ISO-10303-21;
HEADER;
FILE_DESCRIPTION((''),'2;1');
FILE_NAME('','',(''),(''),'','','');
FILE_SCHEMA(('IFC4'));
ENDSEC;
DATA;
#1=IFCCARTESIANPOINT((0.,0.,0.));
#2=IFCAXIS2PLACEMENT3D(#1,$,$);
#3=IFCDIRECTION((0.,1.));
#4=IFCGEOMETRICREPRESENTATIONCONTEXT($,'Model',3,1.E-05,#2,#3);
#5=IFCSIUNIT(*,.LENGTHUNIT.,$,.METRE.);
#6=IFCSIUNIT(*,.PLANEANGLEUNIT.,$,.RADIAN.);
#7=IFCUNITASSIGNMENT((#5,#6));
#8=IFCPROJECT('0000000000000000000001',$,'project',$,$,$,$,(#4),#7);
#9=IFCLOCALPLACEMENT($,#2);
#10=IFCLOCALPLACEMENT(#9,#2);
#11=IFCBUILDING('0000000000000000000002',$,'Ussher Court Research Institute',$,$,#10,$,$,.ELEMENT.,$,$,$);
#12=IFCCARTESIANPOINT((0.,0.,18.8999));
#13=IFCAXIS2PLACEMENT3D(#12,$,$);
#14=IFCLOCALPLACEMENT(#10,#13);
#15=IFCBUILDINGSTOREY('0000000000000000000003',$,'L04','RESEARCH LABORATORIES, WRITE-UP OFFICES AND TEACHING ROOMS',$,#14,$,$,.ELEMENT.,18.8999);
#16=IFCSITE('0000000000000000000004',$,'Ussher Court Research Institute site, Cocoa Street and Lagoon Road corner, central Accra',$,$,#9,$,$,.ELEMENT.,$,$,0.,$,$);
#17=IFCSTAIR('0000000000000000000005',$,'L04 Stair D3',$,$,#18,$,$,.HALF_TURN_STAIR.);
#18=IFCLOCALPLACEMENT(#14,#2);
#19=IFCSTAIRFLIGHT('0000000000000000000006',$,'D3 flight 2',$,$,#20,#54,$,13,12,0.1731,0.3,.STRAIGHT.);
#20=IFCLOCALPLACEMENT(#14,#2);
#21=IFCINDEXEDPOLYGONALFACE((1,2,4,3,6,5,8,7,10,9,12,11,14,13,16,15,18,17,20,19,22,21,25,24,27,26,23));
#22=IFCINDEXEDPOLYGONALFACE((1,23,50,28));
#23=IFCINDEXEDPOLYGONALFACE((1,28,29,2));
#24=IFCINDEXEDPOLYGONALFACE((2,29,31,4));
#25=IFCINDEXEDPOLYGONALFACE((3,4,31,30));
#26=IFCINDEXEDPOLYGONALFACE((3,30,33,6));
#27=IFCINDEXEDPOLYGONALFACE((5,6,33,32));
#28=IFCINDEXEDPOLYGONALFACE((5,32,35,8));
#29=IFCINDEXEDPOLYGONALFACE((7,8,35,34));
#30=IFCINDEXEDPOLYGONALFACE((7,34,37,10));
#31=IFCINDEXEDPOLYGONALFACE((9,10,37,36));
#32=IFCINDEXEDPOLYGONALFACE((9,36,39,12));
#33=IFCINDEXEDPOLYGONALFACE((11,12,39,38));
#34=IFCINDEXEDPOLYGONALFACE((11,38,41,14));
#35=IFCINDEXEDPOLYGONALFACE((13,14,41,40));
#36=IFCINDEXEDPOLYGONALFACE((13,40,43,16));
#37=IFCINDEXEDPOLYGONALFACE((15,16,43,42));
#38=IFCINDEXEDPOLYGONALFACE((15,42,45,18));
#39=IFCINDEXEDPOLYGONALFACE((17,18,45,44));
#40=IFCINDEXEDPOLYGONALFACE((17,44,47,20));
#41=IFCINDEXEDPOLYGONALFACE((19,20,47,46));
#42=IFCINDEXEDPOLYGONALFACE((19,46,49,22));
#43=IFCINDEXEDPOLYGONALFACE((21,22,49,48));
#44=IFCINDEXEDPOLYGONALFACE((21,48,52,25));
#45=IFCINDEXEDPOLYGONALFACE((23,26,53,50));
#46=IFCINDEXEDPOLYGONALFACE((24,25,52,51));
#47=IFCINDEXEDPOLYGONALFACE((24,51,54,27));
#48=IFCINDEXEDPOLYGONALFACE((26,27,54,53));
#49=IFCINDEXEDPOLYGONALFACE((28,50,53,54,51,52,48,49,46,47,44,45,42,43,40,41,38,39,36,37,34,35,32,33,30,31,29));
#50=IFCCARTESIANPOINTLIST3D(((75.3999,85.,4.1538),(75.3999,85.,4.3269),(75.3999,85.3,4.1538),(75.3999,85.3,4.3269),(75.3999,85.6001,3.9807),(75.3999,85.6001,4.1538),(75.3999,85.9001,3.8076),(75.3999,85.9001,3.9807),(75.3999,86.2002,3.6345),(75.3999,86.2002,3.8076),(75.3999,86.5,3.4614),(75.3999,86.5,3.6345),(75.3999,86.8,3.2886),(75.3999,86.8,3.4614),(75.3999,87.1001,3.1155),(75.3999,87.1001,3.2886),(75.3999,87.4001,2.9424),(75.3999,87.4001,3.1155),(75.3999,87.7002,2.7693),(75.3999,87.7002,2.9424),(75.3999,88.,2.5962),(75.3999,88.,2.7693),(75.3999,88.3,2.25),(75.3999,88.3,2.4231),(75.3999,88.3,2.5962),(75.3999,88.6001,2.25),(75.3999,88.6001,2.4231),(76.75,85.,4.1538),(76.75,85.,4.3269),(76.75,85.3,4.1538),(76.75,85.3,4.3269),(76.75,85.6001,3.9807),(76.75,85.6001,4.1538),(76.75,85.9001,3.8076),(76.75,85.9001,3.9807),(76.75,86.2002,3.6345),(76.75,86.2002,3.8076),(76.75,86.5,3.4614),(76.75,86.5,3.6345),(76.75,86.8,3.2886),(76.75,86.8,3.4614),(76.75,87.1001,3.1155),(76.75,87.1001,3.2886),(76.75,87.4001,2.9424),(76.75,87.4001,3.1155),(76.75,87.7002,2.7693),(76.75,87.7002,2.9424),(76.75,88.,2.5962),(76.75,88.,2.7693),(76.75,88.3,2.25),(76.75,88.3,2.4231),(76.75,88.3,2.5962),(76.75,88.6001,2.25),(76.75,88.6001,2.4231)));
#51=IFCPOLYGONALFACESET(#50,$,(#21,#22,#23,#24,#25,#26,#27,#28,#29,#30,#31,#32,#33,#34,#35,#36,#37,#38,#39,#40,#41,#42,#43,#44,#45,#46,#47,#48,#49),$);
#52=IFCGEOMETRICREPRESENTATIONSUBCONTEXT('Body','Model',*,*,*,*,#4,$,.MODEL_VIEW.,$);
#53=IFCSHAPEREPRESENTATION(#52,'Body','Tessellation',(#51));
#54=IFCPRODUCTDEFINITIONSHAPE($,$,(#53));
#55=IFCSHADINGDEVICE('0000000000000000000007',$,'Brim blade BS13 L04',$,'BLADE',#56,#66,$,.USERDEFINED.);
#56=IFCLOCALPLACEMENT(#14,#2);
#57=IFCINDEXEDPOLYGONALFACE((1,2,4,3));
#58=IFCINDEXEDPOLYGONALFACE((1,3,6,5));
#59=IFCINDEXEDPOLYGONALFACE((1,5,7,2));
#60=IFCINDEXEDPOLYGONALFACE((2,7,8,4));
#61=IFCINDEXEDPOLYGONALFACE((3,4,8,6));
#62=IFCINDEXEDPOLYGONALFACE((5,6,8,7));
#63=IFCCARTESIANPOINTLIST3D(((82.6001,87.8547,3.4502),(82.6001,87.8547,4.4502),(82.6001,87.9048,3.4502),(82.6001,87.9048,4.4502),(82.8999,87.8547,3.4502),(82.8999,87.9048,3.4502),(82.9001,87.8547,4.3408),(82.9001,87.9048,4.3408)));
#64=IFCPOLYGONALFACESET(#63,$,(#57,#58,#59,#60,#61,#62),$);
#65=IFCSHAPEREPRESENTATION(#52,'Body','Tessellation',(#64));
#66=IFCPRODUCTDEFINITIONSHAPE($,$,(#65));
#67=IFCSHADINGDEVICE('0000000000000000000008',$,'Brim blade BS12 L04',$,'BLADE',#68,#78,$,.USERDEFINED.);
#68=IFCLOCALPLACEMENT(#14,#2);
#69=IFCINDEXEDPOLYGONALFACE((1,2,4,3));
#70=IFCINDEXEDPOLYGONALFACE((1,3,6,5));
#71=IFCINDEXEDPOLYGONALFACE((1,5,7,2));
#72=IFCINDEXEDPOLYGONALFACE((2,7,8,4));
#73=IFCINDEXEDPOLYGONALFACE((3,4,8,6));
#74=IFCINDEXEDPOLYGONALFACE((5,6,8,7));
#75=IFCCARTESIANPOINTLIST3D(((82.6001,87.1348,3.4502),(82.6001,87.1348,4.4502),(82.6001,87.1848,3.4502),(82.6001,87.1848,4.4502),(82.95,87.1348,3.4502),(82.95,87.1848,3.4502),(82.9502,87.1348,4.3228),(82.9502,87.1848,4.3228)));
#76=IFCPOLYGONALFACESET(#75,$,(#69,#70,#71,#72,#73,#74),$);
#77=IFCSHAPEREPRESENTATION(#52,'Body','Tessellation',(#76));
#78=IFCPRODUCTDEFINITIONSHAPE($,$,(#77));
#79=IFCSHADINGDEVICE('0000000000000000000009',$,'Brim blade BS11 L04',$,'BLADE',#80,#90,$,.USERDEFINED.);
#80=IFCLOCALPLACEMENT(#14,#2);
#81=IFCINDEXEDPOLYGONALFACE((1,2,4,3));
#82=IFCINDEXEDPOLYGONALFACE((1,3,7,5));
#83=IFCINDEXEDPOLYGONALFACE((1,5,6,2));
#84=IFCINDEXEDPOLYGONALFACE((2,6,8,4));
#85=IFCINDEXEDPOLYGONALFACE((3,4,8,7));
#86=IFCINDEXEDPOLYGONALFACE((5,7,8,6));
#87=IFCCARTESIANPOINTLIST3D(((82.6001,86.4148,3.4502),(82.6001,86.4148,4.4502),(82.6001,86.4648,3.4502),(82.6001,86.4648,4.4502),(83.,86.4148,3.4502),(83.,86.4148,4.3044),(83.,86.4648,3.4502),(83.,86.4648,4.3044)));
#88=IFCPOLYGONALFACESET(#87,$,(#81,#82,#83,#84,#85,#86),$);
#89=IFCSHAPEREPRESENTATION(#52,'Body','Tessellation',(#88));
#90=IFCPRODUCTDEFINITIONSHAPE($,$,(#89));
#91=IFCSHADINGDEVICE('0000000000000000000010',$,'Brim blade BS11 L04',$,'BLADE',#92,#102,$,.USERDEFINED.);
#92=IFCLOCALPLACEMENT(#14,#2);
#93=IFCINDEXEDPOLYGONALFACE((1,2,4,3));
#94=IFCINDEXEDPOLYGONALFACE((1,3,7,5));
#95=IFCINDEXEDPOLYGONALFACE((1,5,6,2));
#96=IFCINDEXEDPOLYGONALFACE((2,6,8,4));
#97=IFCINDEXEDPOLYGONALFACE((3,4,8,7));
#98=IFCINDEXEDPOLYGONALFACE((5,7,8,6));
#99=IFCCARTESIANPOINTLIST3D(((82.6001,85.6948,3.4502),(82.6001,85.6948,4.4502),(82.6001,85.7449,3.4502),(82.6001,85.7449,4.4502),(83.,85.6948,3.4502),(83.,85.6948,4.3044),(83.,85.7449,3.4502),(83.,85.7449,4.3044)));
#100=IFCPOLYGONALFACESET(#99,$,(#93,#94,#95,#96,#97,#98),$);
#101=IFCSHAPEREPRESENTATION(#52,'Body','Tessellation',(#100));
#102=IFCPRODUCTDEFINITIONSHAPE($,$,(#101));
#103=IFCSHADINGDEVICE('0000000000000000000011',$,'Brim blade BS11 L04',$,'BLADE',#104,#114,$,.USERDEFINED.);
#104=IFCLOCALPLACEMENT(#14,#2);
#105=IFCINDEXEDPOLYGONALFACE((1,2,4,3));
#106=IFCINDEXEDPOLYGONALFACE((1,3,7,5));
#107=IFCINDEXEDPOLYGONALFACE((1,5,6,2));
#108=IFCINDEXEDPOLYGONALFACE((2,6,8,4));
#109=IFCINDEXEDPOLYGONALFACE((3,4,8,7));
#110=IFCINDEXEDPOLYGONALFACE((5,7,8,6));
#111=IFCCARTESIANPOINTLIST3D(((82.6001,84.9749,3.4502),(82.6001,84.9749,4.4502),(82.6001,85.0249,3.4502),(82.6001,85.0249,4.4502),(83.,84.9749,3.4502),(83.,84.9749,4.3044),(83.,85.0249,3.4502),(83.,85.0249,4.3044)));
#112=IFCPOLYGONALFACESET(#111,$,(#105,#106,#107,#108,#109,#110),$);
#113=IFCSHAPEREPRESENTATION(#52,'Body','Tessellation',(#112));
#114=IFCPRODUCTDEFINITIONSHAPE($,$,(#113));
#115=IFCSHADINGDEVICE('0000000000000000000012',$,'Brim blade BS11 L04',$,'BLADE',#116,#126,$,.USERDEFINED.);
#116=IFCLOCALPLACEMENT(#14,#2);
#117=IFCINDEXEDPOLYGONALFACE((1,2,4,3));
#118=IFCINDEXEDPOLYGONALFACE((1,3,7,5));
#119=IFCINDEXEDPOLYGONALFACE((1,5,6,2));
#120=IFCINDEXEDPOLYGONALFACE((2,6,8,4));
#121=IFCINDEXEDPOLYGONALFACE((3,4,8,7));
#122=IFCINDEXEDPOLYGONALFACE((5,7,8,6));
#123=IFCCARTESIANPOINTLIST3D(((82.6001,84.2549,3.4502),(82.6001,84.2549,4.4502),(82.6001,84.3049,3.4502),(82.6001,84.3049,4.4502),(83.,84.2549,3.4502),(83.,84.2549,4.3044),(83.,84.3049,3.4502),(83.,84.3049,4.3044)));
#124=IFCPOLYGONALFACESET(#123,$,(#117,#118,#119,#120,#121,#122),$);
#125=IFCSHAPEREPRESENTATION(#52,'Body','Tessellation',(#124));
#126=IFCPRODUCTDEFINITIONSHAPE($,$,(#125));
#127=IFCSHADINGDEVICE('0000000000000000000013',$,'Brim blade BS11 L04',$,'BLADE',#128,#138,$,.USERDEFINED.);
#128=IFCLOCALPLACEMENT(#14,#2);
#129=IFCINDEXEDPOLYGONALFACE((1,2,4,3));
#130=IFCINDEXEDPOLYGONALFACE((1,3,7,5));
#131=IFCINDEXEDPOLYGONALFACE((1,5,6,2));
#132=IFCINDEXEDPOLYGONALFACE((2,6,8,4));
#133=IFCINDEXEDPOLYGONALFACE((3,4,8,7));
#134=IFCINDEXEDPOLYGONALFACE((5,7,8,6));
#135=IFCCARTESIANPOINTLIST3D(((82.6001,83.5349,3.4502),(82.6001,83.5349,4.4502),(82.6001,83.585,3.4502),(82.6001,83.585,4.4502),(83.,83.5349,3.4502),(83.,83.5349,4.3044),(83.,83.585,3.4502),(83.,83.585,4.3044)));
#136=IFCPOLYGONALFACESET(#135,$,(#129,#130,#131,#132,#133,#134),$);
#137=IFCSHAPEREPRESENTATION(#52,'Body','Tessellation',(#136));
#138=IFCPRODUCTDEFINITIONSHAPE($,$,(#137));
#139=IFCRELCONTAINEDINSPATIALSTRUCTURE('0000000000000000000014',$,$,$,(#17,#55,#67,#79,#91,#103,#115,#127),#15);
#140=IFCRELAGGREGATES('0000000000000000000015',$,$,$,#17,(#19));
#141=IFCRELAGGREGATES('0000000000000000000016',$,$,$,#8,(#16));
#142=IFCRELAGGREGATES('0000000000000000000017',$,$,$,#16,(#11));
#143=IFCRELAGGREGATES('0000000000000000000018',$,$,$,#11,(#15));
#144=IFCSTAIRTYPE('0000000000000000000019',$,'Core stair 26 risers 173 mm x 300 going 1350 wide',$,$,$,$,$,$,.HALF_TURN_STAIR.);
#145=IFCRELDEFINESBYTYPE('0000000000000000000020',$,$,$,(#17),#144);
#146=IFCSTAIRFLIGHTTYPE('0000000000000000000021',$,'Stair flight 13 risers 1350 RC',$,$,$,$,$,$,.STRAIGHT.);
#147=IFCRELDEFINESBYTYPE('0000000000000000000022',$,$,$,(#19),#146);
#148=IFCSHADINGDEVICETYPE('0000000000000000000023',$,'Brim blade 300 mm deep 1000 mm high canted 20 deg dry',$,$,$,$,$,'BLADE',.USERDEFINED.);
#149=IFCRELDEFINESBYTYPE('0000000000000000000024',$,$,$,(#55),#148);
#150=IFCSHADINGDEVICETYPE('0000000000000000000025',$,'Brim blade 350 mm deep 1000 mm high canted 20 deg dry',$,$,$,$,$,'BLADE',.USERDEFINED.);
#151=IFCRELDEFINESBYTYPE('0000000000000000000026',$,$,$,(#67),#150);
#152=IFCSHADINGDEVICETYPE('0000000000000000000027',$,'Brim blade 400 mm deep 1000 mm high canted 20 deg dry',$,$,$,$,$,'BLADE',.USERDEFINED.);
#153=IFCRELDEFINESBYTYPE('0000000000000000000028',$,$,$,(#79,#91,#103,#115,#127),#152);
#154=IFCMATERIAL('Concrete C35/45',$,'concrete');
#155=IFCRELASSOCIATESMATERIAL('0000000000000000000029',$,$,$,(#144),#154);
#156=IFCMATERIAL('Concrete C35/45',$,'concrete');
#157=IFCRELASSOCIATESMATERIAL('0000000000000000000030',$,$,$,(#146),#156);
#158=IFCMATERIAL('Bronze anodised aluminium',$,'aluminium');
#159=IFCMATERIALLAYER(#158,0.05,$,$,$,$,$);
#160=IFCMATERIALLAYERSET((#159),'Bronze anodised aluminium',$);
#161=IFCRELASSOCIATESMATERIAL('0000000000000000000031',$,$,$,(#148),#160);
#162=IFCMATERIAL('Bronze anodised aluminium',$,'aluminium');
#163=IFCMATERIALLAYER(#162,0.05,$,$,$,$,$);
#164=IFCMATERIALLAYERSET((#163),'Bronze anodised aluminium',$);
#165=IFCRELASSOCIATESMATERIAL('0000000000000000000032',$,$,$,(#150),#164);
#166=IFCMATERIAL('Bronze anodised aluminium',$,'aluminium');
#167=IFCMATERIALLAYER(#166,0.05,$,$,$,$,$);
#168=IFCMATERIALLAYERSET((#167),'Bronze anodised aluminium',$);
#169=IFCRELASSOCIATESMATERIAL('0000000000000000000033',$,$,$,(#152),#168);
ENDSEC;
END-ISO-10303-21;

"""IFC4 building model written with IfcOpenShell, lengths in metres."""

from ifc_helpers import new_model, si_unit, direction, frame, origin, place, context, subcontext, project, spatial, polyline, outline, extrude, material, layer, layer_set, type_object, element, aggregate, save


model = new_model("IFC4")

# Units and contexts
model_context = context("Model", 3, precision=1e-05, world=origin(), true_north=direction((0.0, 1.0)))
body_context = subcontext(model_context, "Body", "Model", "MODEL_VIEW")
ifc_project = project(units=[si_unit("LENGTHUNIT", "METRE"), si_unit("PLANEANGLEUNIT", "RADIAN")], contexts=[model_context])

# Site, building, storey
site_placement = place(None, origin())
site = spatial("IfcSite", under=ifc_project, at=site_placement, Name="Ussher Court Research Institute site, Cocoa Street and Lagoon Road corner, central Accra", CompositionType="ELEMENT", RefElevation=0.0)
building_placement = place(site_placement, origin())
building = spatial("IfcBuilding", under=site, at=building_placement, Name="Ussher Court Research Institute", CompositionType="ELEMENT")
storey_placement = place(building_placement, frame((0.0, 0.0, 18.8999)))
storey = spatial("IfcBuildingStorey", under=building, at=storey_placement, Name="L04", Description="RESEARCH LABORATORIES, WRITE-UP OFFICES AND TEACHING ROOMS", CompositionType="ELEMENT", Elevation=18.8999)

# Stair, stair flight
ifc_material_1 = material(Name="Concrete C35/45", Category="concrete")
stair_type = type_object("IfcStairType", Name="Core stair 26 risers 173 mm x 300 going 1350 wide", PredefinedType="HALF_TURN_STAIR", material=ifc_material_1)
stair_placement = place(storey_placement, origin())
stair = element("IfcStair", 1, at=stair_placement, inside=storey, type_object=stair_type, Name="L04 Stair D3", PredefinedType="HALF_TURN_STAIR")
ifc_material_2 = material(Name="Concrete C35/45", Category="concrete")
stair_flight_type = type_object("IfcStairFlightType", Name="Stair flight 13 risers 1350 RC", PredefinedType="STRAIGHT", material=ifc_material_2)
stair_flight_1_placement = place(storey_placement, frame((76.075, 88.6001, 2.25), z_axis=(0.0, 0.0, 1.0), x_axis=(0.0, -1.0, 0.0)))
stair_flight_1 = element("IfcStairFlight", 2, at=stair_flight_1_placement, type_object=stair_flight_type, Name="D3 flight 2", NumberOfRisers=13, NumberOfTreads=12, PredefinedType="STRAIGHT", RiserHeight=0.1731, TreadLength=0.3, context=body_context, shape_type="SweptSolid", body=[
    extrude(outline(polyline([(0.0, 0.0), (0.0, 0.1731), (0.3, 0.1731), (0.3, 0.3462), (0.6001, 0.3462), (0.6001, 0.5193), (0.8999, 0.5193), (0.8999, 0.6924), (1.2, 0.6924), (1.2, 0.8655), (1.5, 0.8655), (1.5, 1.0386), (1.8, 1.0386), (1.8, 1.2114), (2.1001, 1.2114), (2.1001, 1.3845), (2.3999, 1.3845), (2.3999, 1.5576), (2.7, 1.5576), (2.7, 1.7307), (3.0, 1.7307), (3.0, 1.9038), (3.3, 1.9038), (3.3, 2.0769), (3.6001, 2.0769), (3.6001, 2.25), (3.6001, 1.9038), (0.3, 0.0), (0.0, 0.0)])), frame((0.0, 0.675, 0.0), z_axis=(0.0, -1.0, 0.0), x_axis=(1.0, 0.0, 0.0)), (0.0, 0.0, 1.0), 1.3501),
])
aggregate(stair, [stair_flight_1])

# Shading devices
ifc_material_3 = material(Name="Bronze anodised aluminium", Category="aluminium")
ifc_layer_1 = layer(ifc_material_3, 0.05)
ifc_layer_set_1 = layer_set([ifc_layer_1], Name="Bronze anodised aluminium")
shading_device_type_1 = type_object("IfcShadingDeviceType", Name="Brim blade 300 mm deep 1000 mm high canted 20 deg dry", ElementType="BLADE", PredefinedType="USERDEFINED", material=ifc_layer_set_1)
shading_device_1_placement = place(storey_placement, frame((82.6001, 87.8799, 3.4502), z_axis=(0.0, 0.0, 1.0), x_axis=(1.0, 0.0, 0.0)))
element("IfcShadingDevice", 3, at=shading_device_1_placement, inside=storey, type_object=shading_device_type_1, Name="Brim blade BS13 L04", ObjectType="BLADE", PredefinedType="USERDEFINED", context=body_context, shape_type="SweptSolid", body=[
    extrude(outline(polyline([(0.0, 0.0), (0.2998, 0.0), (0.3, 0.8906), (0.0, 1.0), (0.0, 0.0)])), frame((0.0, 0.0249, 0.0), z_axis=(0.0, -1.0, 0.0), x_axis=(1.0, 0.0, 0.0)), (0.0, 0.0, 1.0), 0.05),
])
ifc_material_4 = material(Name="Bronze anodised aluminium", Category="aluminium")
ifc_layer_2 = layer(ifc_material_4, 0.05)
ifc_layer_set_2 = layer_set([ifc_layer_2], Name="Bronze anodised aluminium")
shading_device_type_2 = type_object("IfcShadingDeviceType", Name="Brim blade 350 mm deep 1000 mm high canted 20 deg dry", ElementType="BLADE", PredefinedType="USERDEFINED", material=ifc_layer_set_2)
shading_device_2_placement = place(storey_placement, frame((82.6001, 87.1599, 3.4502), z_axis=(0.0, 0.0, 1.0), x_axis=(1.0, 0.0, 0.0)))
element("IfcShadingDevice", 4, at=shading_device_2_placement, inside=storey, type_object=shading_device_type_2, Name="Brim blade BS12 L04", ObjectType="BLADE", PredefinedType="USERDEFINED", context=body_context, shape_type="SweptSolid", body=[
    extrude(outline(polyline([(0.0, 0.0), (0.3499, 0.0), (0.3501, 0.8726), (0.0, 1.0), (0.0, 0.0)])), frame((0.0, 0.0249, 0.0), z_axis=(0.0, -1.0, 0.0), x_axis=(1.0, 0.0, 0.0)), (0.0, 0.0, 1.0), 0.05),
])
ifc_material_5 = material(Name="Bronze anodised aluminium", Category="aluminium")
ifc_layer_3 = layer(ifc_material_5, 0.05)
ifc_layer_set_3 = layer_set([ifc_layer_3], Name="Bronze anodised aluminium")
shading_device_type_3 = type_object("IfcShadingDeviceType", Name="Brim blade 400 mm deep 1000 mm high canted 20 deg dry", ElementType="BLADE", PredefinedType="USERDEFINED", material=ifc_layer_set_3)
for number, where, z_axis, x_axis, name in (
    (5, (82.6001, 86.4399, 3.4502), (0.0, 0.0, 1.0), (1.0, 0.0, 0.0), "Brim blade BS11 L04"),
    (6, (82.6001, 85.72, 3.4502), (0.0, 0.0, 1.0), (1.0, 0.0, 0.0), "Brim blade BS11 L04"),
    (7, (82.6001, 85.0, 3.4502), (0.0, 0.0, 1.0), (1.0, 0.0, 0.0), "Brim blade BS11 L04"),
    (8, (82.6001, 84.28, 3.4502), (0.0, 0.0, 1.0), (1.0, 0.0, 0.0), "Brim blade BS11 L04"),
    (9, (82.6001, 83.5601, 3.4502), (0.0, 0.0, 1.0), (1.0, 0.0, 0.0), "Brim blade BS11 L04"),
):
    element("IfcShadingDevice", number, at=place(storey_placement, frame(where, z_axis=z_axis, x_axis=x_axis)), inside=storey, type_object=shading_device_type_3, Name=name, ObjectType="BLADE", PredefinedType="USERDEFINED", context=body_context, shape_type="SweptSolid", body=[
        extrude(outline(polyline([(0.0, 0.0), (0.3999, 0.0), (0.3999, 0.8542), (0.0, 1.0), (0.0, 0.0)])), frame((0.0, 0.0249, 0.0), z_axis=(0.0, -1.0, 0.0), x_axis=(1.0, 0.0, 0.0)), (0.0, 0.0, 1.0), 0.05),
    ])

save(model, "model.ifc")
